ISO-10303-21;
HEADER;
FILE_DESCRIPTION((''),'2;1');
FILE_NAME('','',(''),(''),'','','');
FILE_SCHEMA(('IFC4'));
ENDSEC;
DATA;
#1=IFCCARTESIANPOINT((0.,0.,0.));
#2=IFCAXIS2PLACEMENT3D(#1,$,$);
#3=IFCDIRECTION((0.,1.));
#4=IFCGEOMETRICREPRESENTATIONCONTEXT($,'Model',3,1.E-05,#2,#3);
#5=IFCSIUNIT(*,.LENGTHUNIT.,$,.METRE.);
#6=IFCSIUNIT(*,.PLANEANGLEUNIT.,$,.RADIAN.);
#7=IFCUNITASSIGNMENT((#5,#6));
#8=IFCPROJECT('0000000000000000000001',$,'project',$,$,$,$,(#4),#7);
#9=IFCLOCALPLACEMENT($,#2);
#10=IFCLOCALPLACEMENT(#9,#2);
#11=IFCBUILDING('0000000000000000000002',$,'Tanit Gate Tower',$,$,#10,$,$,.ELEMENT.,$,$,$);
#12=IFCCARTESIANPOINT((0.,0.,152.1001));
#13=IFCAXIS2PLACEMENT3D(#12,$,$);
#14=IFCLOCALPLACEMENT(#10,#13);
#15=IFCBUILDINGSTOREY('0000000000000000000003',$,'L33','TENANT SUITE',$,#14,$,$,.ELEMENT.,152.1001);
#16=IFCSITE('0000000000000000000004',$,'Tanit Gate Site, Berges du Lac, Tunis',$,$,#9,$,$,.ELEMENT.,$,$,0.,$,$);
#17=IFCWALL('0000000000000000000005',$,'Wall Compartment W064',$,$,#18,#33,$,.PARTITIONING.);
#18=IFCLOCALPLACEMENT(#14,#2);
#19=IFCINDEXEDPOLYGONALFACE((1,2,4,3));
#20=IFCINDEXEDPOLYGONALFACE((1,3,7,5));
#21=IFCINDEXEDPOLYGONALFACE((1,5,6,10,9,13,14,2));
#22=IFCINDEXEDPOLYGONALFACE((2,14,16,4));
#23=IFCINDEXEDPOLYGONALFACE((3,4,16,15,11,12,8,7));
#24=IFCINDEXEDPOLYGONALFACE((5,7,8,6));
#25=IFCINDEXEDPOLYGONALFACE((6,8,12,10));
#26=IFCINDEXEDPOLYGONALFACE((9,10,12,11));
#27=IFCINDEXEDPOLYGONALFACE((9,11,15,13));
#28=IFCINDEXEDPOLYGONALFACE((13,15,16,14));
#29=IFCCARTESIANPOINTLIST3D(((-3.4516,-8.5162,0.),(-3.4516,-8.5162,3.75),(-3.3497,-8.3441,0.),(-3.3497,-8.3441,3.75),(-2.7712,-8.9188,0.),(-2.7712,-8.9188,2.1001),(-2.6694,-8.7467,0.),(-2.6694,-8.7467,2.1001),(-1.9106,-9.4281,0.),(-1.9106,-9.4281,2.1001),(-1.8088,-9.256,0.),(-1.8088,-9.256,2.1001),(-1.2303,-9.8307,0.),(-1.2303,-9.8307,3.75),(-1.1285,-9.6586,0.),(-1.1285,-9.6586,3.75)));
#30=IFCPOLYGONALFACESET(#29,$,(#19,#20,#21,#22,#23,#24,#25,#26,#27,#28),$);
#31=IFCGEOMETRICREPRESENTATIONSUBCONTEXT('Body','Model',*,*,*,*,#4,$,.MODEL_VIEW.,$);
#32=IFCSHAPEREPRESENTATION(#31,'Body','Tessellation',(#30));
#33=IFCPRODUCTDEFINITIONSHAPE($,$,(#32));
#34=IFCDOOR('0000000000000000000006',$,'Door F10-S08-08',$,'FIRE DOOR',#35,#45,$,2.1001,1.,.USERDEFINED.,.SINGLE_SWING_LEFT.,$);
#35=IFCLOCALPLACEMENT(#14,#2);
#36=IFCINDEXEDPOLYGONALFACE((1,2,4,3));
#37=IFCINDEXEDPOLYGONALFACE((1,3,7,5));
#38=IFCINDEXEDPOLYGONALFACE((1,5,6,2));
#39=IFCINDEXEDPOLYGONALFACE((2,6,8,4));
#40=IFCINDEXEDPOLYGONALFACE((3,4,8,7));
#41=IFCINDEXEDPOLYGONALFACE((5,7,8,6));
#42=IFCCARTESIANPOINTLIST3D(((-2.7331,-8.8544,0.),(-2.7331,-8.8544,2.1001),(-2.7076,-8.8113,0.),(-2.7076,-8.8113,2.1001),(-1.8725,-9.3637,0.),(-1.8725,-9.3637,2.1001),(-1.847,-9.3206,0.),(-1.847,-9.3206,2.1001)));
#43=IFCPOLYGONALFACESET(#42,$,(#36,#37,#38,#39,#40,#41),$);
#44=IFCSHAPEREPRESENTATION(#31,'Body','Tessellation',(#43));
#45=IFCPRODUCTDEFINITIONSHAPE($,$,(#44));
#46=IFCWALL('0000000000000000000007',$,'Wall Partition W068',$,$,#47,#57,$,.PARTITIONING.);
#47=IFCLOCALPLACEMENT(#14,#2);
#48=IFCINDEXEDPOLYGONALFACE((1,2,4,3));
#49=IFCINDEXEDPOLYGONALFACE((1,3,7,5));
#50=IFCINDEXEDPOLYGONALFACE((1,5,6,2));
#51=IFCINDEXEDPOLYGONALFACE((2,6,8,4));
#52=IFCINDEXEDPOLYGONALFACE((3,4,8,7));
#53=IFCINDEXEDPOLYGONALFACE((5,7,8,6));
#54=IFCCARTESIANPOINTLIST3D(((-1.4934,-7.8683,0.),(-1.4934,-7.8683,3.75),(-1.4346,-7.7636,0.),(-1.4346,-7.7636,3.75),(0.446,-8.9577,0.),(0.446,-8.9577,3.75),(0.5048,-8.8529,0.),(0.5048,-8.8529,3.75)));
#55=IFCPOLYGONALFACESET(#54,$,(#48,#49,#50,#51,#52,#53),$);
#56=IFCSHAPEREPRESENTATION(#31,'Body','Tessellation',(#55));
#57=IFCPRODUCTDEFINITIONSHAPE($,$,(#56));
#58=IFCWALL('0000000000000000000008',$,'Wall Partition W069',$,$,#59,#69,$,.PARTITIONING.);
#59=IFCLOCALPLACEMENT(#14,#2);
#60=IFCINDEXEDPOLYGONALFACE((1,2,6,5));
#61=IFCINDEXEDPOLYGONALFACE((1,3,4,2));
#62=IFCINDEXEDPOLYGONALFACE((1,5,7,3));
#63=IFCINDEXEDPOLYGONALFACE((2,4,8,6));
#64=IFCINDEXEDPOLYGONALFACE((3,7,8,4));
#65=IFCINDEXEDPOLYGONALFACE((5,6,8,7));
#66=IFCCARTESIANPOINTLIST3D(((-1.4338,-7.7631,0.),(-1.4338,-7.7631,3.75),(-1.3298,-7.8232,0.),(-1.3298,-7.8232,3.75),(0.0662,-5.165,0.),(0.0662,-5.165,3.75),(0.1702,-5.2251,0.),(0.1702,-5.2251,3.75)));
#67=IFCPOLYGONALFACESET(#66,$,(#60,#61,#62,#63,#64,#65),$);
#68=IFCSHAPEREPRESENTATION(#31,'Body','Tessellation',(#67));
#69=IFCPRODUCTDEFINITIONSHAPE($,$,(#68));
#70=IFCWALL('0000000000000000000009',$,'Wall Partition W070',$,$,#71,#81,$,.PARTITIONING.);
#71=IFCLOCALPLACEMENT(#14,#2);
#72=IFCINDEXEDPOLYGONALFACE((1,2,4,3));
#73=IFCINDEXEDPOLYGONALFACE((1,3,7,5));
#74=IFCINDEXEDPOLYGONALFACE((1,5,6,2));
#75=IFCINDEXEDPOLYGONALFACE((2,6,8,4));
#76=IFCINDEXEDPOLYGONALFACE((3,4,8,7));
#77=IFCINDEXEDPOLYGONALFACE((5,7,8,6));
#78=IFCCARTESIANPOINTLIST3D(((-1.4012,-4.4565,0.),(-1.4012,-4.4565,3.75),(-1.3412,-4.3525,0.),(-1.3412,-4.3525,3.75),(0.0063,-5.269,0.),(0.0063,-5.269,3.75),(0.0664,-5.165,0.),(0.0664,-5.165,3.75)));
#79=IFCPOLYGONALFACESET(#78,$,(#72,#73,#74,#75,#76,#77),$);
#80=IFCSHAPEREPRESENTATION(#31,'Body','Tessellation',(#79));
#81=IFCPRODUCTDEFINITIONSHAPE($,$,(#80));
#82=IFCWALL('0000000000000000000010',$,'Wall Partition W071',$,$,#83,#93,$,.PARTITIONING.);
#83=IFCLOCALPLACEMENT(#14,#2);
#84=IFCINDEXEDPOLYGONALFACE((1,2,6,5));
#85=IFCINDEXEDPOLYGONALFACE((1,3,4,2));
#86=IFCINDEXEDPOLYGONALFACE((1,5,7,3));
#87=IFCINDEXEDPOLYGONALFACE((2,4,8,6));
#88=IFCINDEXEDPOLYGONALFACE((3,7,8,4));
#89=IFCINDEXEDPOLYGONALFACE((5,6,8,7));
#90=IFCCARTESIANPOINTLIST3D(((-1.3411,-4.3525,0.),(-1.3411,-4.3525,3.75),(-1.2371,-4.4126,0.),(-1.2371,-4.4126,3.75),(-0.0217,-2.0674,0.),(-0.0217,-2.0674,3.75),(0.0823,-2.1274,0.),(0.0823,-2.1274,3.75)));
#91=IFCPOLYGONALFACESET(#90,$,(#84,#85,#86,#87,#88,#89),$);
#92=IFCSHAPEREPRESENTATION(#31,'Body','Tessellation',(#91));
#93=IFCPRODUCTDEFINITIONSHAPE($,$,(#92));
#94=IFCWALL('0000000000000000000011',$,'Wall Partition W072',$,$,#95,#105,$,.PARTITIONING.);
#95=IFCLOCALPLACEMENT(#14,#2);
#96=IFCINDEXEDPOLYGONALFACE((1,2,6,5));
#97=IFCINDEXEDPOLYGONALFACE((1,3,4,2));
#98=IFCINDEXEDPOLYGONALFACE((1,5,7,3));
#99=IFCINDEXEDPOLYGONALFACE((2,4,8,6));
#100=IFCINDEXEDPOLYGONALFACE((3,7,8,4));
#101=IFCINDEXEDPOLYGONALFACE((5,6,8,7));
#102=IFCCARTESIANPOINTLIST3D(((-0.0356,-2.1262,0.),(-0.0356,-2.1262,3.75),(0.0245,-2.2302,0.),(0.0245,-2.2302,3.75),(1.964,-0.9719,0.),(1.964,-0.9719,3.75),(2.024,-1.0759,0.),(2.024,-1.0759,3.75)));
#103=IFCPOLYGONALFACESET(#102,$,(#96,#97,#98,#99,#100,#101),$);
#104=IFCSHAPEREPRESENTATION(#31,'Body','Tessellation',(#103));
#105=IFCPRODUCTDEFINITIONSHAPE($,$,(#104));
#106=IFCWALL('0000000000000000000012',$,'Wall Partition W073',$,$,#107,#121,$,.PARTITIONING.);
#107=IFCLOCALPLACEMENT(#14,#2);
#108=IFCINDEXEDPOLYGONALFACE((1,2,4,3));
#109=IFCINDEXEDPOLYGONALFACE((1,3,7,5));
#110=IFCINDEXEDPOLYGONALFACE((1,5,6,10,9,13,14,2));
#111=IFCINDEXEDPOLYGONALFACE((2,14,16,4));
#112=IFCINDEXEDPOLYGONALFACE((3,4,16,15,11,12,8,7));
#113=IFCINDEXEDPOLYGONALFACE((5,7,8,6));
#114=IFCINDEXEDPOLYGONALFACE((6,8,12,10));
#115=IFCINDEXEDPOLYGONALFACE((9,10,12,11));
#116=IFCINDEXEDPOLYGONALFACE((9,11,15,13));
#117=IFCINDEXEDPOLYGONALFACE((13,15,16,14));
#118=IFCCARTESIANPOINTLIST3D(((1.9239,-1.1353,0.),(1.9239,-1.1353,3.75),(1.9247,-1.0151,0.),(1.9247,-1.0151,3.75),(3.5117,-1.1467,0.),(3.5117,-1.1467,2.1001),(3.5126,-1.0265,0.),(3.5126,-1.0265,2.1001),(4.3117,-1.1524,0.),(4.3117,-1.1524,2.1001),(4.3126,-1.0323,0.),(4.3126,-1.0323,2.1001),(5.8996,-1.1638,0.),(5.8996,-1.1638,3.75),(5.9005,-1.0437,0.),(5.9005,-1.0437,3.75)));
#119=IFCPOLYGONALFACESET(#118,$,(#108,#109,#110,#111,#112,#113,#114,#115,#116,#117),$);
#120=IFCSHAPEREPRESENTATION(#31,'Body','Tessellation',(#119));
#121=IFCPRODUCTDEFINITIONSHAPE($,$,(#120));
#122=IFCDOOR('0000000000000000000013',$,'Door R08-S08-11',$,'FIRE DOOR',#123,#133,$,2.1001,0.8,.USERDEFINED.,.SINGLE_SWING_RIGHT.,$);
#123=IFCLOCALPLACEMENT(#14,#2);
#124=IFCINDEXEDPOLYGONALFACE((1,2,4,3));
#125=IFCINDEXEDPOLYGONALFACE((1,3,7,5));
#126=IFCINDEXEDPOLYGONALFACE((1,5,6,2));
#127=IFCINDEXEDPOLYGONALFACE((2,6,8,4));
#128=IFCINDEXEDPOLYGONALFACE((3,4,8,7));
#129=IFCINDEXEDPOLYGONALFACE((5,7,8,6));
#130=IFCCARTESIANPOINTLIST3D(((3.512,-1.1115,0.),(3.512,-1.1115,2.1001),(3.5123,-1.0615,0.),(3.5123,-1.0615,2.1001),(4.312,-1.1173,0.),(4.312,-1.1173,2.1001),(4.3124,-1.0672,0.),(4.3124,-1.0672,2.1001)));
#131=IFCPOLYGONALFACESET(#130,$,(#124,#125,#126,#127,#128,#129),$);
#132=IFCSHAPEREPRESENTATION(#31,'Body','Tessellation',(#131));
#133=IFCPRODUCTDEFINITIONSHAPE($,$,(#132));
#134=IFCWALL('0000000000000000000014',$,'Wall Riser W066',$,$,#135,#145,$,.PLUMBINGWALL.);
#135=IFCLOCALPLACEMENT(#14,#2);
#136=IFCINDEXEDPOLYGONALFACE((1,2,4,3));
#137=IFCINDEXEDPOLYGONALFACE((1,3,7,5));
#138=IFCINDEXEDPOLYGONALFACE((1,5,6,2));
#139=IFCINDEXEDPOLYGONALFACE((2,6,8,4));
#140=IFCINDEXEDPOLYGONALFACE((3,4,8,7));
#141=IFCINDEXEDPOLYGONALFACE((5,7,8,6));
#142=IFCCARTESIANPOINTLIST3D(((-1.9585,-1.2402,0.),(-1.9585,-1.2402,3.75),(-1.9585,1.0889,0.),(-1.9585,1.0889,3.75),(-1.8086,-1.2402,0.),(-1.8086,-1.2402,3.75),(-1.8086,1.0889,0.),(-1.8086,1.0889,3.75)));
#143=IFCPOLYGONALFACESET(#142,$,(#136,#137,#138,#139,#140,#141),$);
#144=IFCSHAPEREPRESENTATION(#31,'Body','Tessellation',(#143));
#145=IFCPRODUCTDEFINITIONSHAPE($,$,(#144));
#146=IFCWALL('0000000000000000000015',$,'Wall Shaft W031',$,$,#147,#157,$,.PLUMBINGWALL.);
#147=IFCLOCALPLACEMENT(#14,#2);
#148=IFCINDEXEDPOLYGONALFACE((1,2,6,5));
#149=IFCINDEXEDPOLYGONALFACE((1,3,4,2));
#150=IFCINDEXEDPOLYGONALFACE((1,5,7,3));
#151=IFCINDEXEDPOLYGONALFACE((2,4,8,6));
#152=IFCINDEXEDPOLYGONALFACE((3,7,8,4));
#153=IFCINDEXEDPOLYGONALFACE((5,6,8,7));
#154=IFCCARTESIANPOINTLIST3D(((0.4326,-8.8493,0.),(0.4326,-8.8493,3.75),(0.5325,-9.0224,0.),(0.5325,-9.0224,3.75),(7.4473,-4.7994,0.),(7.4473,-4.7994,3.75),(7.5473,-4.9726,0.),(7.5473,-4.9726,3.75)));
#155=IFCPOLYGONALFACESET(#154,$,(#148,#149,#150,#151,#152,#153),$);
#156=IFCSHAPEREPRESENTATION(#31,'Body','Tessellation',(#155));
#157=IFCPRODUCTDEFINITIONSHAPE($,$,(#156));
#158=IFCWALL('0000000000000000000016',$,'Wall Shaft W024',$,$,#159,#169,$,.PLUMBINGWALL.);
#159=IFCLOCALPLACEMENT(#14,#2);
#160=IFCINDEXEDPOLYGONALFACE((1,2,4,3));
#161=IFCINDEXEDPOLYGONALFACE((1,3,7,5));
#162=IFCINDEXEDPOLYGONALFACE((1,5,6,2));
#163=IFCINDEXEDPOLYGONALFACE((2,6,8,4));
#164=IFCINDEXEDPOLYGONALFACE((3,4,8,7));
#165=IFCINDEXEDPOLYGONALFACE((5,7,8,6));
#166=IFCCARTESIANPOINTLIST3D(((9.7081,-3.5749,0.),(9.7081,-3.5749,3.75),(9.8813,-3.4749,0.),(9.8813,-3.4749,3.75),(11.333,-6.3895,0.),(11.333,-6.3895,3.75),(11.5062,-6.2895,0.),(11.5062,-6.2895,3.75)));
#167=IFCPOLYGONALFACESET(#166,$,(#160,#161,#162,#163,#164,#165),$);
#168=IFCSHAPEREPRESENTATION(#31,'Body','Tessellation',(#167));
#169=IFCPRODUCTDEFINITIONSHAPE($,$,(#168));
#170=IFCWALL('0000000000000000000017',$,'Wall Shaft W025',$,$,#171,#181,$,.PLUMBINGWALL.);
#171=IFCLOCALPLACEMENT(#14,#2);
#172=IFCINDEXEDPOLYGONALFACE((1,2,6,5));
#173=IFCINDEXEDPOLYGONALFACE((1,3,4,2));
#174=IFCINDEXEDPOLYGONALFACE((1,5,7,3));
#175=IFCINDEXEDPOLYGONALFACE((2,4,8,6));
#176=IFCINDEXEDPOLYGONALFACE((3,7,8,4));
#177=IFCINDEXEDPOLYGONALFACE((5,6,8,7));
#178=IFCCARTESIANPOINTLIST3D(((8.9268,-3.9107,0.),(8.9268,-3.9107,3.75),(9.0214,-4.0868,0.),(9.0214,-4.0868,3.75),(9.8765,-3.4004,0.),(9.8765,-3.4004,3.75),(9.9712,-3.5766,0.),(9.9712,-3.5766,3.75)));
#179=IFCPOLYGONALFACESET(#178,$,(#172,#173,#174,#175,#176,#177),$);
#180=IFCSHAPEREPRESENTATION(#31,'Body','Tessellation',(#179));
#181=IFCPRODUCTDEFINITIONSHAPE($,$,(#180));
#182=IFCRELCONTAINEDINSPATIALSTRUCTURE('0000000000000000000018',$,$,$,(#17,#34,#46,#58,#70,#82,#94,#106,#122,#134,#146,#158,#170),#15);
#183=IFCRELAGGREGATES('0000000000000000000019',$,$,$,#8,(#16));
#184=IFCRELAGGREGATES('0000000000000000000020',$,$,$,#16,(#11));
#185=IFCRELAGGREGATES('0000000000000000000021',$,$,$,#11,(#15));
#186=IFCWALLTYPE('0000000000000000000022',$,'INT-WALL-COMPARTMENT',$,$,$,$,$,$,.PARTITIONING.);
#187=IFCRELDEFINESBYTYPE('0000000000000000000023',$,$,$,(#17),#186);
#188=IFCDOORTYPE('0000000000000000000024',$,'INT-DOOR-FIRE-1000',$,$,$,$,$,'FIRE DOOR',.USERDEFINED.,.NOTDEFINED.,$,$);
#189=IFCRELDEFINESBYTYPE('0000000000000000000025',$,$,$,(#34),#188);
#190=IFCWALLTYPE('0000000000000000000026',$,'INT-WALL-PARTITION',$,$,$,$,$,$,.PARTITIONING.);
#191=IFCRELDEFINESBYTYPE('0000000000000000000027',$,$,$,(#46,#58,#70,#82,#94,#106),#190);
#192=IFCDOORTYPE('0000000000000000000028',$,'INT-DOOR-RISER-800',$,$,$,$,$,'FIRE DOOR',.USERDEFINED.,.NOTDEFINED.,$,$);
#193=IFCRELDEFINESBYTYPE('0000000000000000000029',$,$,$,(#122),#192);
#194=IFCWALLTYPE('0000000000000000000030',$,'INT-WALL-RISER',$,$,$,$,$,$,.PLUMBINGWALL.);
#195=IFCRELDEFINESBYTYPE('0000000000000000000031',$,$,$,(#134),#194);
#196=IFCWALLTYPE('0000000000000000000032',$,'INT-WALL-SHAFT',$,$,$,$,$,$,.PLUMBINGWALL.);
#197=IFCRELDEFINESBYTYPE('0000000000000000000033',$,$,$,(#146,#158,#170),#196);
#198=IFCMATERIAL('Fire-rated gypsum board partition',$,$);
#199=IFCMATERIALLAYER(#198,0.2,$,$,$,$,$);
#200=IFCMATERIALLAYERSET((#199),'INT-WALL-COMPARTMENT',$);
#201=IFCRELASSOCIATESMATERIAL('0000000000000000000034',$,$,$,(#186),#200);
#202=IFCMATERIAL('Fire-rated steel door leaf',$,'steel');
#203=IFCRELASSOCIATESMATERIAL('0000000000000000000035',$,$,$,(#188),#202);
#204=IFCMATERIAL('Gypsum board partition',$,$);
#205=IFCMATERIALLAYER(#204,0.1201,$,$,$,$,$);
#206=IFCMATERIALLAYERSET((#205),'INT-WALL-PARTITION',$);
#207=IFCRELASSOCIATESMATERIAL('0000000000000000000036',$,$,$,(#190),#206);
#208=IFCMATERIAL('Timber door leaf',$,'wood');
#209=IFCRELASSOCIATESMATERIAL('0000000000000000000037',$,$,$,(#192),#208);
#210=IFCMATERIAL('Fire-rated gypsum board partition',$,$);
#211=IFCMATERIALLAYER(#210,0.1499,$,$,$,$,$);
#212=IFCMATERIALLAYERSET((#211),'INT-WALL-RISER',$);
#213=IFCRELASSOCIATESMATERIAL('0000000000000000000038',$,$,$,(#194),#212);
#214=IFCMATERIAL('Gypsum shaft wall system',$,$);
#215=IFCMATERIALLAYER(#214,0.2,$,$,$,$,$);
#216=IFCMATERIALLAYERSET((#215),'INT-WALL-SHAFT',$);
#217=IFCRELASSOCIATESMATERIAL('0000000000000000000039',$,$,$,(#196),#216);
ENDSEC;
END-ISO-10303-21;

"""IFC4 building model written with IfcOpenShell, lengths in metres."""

from ifc_helpers import new_model, si_unit, direction, frame, frame_2d, origin, place, context, subcontext, project, spatial, rectangle, extrude, material, layer, layer_set, type_object, element, fill, save


model = new_model("IFC4")

# Units and contexts
model_context = context("Model", 3, precision=1e-05, world=origin(), true_north=direction((0.0, 1.0)))
body_context = subcontext(model_context, "Body", "Model", "MODEL_VIEW")
ifc_project = project(units=[si_unit("LENGTHUNIT", "METRE"), si_unit("PLANEANGLEUNIT", "RADIAN")], contexts=[model_context])

# Site, building, storey
site_placement = place(None, origin())
site = spatial("IfcSite", under=ifc_project, at=site_placement, Name="Tanit Gate Site, Berges du Lac, Tunis", CompositionType="ELEMENT", RefElevation=0.0)
building_placement = place(site_placement, origin())
building = spatial("IfcBuilding", under=site, at=building_placement, Name="Tanit Gate Tower", CompositionType="ELEMENT")
storey_placement = place(building_placement, frame((0.0, 0.0, 152.1001)))
storey = spatial("IfcBuildingStorey", under=building, at=storey_placement, Name="L33", Description="TENANT SUITE", CompositionType="ELEMENT", Elevation=152.1001)

# Shared definitions
ifc_material_1 = material(Name="Fire-rated gypsum board partition")
ifc_layer_1 = layer(ifc_material_1, 0.2)
ifc_layer_set_1 = layer_set([ifc_layer_1], Name="INT-WALL-COMPARTMENT")
wall_type_1 = type_object("IfcWallType", Name="INT-WALL-COMPARTMENT", PredefinedType="PARTITIONING", material=ifc_layer_set_1)

# Wall, opening, door
wall_1_placement = place(storey_placement, frame((-3.4006, -8.4302, 0.0), z_axis=(0.0, 0.0, 1.0), x_axis=(0.860599, -0.509284, 0.0)))
wall_1 = element("IfcWall", 1, at=wall_1_placement, inside=storey, type_object=wall_type_1, Name="Wall Compartment W064", PredefinedType="PARTITIONING", context=body_context, shape_type="SweptSolid", body=[
    extrude(rectangle(XDim=2.5811, YDim=0.2, at=frame_2d((1.2905, 0.0))), origin(), (0.0, 0.0, 1.0), 3.75),
])
opening_1_placement = place(wall_1_placement, frame((0.7905, 0.0, 0.0)))
opening_1 = element("IfcOpeningElement", 2, at=opening_1_placement, cuts=wall_1, PredefinedType="OPENING", context=body_context, shape_type="SweptSolid", body=[
    extrude(rectangle(XDim=1.0, YDim=2.1001, at=frame_2d((0.5, 1.05))), frame((0.0, 0.1099, 0.0), z_axis=(0.0, -1.0, 0.0), x_axis=(1.0, 0.0, 0.0)), (0.0, 0.0, 1.0), 0.22),
])
ifc_material_2 = material(Name="Fire-rated steel door leaf", Category="steel")
door_type_1 = type_object("IfcDoorType", Name="INT-DOOR-FIRE-1000", ElementType="FIRE DOOR", OperationType="NOTDEFINED", PredefinedType="USERDEFINED", material=ifc_material_2)
door_1_placement = place(opening_1_placement, origin())
door_1 = element("IfcDoor", 3, at=door_1_placement, inside=storey, type_object=door_type_1, Name="Door F10-S08-08", ObjectType="FIRE DOOR", OperationType="SINGLE_SWING_LEFT", OverallHeight=2.1001, OverallWidth=1.0, PredefinedType="USERDEFINED", context=body_context, shape_type="SweptSolid", body=[
    extrude(rectangle(XDim=1.0, YDim=2.1001, at=frame_2d((0.5, 1.05))), frame((0.0, 0.0249, 0.0), z_axis=(0.0, -1.0, 0.0), x_axis=(1.0, 0.0, 0.0)), (0.0, 0.0, 1.0), 0.05),
])
fill(opening_1, door_1)

# Walls
ifc_material_3 = material(Name="Gypsum board partition")
ifc_layer_2 = layer(ifc_material_3, 0.1201)
ifc_layer_set_2 = layer_set([ifc_layer_2], Name="INT-WALL-PARTITION")
wall_type_2 = type_object("IfcWallType", Name="INT-WALL-PARTITION", PredefinedType="PARTITIONING", material=ifc_layer_set_2)
wall_2_placement = place(storey_placement, frame((-1.4641, -7.8159, 0.0), z_axis=(0.0, 0.0, 1.0), x_axis=(0.87188, -0.489719, 0.0)))
element("IfcWall", 4, at=wall_2_placement, inside=storey, type_object=wall_type_2, Name="Wall Partition W068", PredefinedType="PARTITIONING", context=body_context, shape_type="SweptSolid", body=[
    extrude(rectangle(XDim=2.2244, YDim=0.1201, at=frame_2d((1.1123, 0.0))), origin(), (0.0, 0.0, 1.0), 3.75),
])
wall_3_placement = place(storey_placement, frame((0.1182, -5.1951, 0.0), z_axis=(0.0, 0.0, 1.0), x_axis=(-0.49999, -0.866031, 0.0)))
element("IfcWall", 5, at=wall_3_placement, inside=storey, type_object=wall_type_2, Name="Wall Partition W069", PredefinedType="PARTITIONING", context=body_context, shape_type="SweptSolid", body=[
    extrude(rectangle(XDim=3.0, YDim=0.1201, at=frame_2d((1.5, 0.0))), origin(), (0.0, 0.0, 1.0), 3.75),
])
wall_4_placement = place(storey_placement, frame((-1.3711, -4.4045, 0.0), z_axis=(0.0, 0.0, 1.0), x_axis=(0.866053, -0.499952, 0.0)))
element("IfcWall", 6, at=wall_4_placement, inside=storey, type_object=wall_type_2, Name="Wall Partition W070", PredefinedType="PARTITIONING", context=body_context, shape_type="SweptSolid", body=[
    extrude(rectangle(XDim=1.6252, YDim=0.1201, at=frame_2d((0.8125, 0.0))), origin(), (0.0, 0.0, 1.0), 3.75),
])
wall_5_placement = place(storey_placement, frame((0.0303, -2.0974, 0.0), z_axis=(0.0, 0.0, 1.0), x_axis=(-0.5, -0.866025, 0.0)))
element("IfcWall", 7, at=wall_5_placement, inside=storey, type_object=wall_type_2, Name="Wall Partition W071", PredefinedType="PARTITIONING", context=body_context, shape_type="SweptSolid", body=[
    extrude(rectangle(XDim=2.6387, YDim=0.1201, at=frame_2d((1.3193, 0.0))), origin(), (0.0, 0.0, 1.0), 3.75),
])
wall_6_placement = place(storey_placement, frame((1.9939, -1.0239, 0.0), z_axis=(0.0, 0.0, 1.0), x_axis=(-0.866048, -0.49996, 0.0)))
element("IfcWall", 8, at=wall_6_placement, inside=storey, type_object=wall_type_2, Name="Wall Partition W072", PredefinedType="PARTITIONING", context=body_context, shape_type="SweptSolid", body=[
    extrude(rectangle(XDim=2.3088, YDim=0.1201, at=frame_2d((1.1543, 0.0))), origin(), (0.0, 0.0, 1.0), 3.75),
])

# Wall, opening, door
wall_7_placement = place(storey_placement, frame((5.8999, -1.1038, 0.0), z_axis=(0.0, 0.0, 1.0), x_axis=(-0.999974, 0.007184, 0.0)))
wall_7 = element("IfcWall", 9, at=wall_7_placement, inside=storey, type_object=wall_type_2, Name="Wall Partition W073", PredefinedType="PARTITIONING", context=body_context, shape_type="SweptSolid", body=[
    extrude(rectangle(XDim=3.9758, YDim=0.1201, at=frame_2d((1.9878, 0.0))), origin(), (0.0, 0.0, 1.0), 3.75),
])
opening_2_placement = place(wall_7_placement, frame((1.5879, 0.0, 0.0)))
opening_2 = element("IfcOpeningElement", 10, at=opening_2_placement, cuts=wall_7, PredefinedType="OPENING", context=body_context, shape_type="SweptSolid", body=[
    extrude(rectangle(XDim=0.8, YDim=2.1001, at=frame_2d((0.3999, 1.05))), frame((0.0, 0.0701, 0.0), z_axis=(0.0, -1.0, 0.0), x_axis=(1.0, 0.0, 0.0)), (0.0, 0.0, 1.0), 0.1401),
])
ifc_material_4 = material(Name="Timber door leaf", Category="wood")
door_type_2 = type_object("IfcDoorType", Name="INT-DOOR-RISER-800", ElementType="FIRE DOOR", OperationType="NOTDEFINED", PredefinedType="USERDEFINED", material=ifc_material_4)
door_2_placement = place(opening_2_placement, origin())
door_2 = element("IfcDoor", 11, at=door_2_placement, inside=storey, type_object=door_type_2, Name="Door R08-S08-11", ObjectType="FIRE DOOR", OperationType="SINGLE_SWING_RIGHT", OverallHeight=2.1001, OverallWidth=0.8, PredefinedType="USERDEFINED", context=body_context, shape_type="SweptSolid", body=[
    extrude(rectangle(XDim=0.8, YDim=2.1001, at=frame_2d((0.3999, 1.05))), frame((0.0, 0.0249, 0.0), z_axis=(0.0, -1.0, 0.0), x_axis=(1.0, 0.0, 0.0)), (0.0, 0.0, 1.0), 0.05),
])
fill(opening_2, door_2)

# Walls
ifc_material_5 = material(Name="Fire-rated gypsum board partition")
ifc_layer_3 = layer(ifc_material_5, 0.1499)
ifc_layer_set_3 = layer_set([ifc_layer_3], Name="INT-WALL-RISER")
wall_type_3 = type_object("IfcWallType", Name="INT-WALL-RISER", PredefinedType="PLUMBINGWALL", material=ifc_layer_set_3)
wall_8_placement = place(storey_placement, frame((-1.8835, -1.2402, 0.0), z_axis=(0.0, 0.0, 1.0), x_axis=(0.0, 1.0, 0.0)))
element("IfcWall", 12, at=wall_8_placement, inside=storey, type_object=wall_type_3, Name="Wall Riser W066", PredefinedType="PLUMBINGWALL", context=body_context, shape_type="SweptSolid", body=[
    extrude(rectangle(XDim=2.3291, YDim=0.1499, at=frame_2d((1.1646, 0.0))), origin(), (0.0, 0.0, 1.0), 3.75),
])
ifc_material_6 = material(Name="Gypsum shaft wall system")
ifc_layer_4 = layer(ifc_material_6, 0.2)
ifc_layer_set_4 = layer_set([ifc_layer_4], Name="INT-WALL-SHAFT")
wall_type_4 = type_object("IfcWallType", Name="INT-WALL-SHAFT", PredefinedType="PLUMBINGWALL", material=ifc_layer_set_4)
wall_9_placement = place(storey_placement, frame((0.4827, -8.9358, 0.0), z_axis=(0.0, 0.0, 1.0), x_axis=(0.866031, 0.49999, 0.0)))
element("IfcWall", 13, at=wall_9_placement, inside=storey, type_object=wall_type_4, Name="Wall Shaft W031", PredefinedType="PLUMBINGWALL", context=body_context, shape_type="SweptSolid", body=[
    extrude(rectangle(XDim=8.0999, YDim=0.2, at=frame_2d((4.0498, 0.0))), origin(), (0.0, 0.0, 1.0), 3.75),
])
wall_10_placement = place(storey_placement, frame((9.7947, -3.5249, 0.0), z_axis=(0.0, 0.0, 1.0), x_axis=(0.499985, -0.866034, 0.0)))
element("IfcWall", 14, at=wall_10_placement, inside=storey, type_object=wall_type_4, Name="Wall Shaft W024", PredefinedType="PLUMBINGWALL", context=body_context, shape_type="SweptSolid", body=[
    extrude(rectangle(XDim=3.25, YDim=0.2, at=frame_2d((1.625, 0.0))), origin(), (0.0, 0.0, 1.0), 3.75),
])
wall_11_placement = place(storey_placement, frame((8.9741, -3.9988, 0.0), z_axis=(0.0, 0.0, 1.0), x_axis=(0.880907, 0.473289, 0.0)))
element("IfcWall", 15, at=wall_11_placement, inside=storey, type_object=wall_type_4, Name="Wall Shaft W025", PredefinedType="PLUMBINGWALL", context=body_context, shape_type="SweptSolid", body=[
    extrude(rectangle(XDim=1.0781, YDim=0.2, at=frame_2d((0.5391, 0.0))), origin(), (0.0, 0.0, 1.0), 3.75),
])

save(model, "model.ifc")
